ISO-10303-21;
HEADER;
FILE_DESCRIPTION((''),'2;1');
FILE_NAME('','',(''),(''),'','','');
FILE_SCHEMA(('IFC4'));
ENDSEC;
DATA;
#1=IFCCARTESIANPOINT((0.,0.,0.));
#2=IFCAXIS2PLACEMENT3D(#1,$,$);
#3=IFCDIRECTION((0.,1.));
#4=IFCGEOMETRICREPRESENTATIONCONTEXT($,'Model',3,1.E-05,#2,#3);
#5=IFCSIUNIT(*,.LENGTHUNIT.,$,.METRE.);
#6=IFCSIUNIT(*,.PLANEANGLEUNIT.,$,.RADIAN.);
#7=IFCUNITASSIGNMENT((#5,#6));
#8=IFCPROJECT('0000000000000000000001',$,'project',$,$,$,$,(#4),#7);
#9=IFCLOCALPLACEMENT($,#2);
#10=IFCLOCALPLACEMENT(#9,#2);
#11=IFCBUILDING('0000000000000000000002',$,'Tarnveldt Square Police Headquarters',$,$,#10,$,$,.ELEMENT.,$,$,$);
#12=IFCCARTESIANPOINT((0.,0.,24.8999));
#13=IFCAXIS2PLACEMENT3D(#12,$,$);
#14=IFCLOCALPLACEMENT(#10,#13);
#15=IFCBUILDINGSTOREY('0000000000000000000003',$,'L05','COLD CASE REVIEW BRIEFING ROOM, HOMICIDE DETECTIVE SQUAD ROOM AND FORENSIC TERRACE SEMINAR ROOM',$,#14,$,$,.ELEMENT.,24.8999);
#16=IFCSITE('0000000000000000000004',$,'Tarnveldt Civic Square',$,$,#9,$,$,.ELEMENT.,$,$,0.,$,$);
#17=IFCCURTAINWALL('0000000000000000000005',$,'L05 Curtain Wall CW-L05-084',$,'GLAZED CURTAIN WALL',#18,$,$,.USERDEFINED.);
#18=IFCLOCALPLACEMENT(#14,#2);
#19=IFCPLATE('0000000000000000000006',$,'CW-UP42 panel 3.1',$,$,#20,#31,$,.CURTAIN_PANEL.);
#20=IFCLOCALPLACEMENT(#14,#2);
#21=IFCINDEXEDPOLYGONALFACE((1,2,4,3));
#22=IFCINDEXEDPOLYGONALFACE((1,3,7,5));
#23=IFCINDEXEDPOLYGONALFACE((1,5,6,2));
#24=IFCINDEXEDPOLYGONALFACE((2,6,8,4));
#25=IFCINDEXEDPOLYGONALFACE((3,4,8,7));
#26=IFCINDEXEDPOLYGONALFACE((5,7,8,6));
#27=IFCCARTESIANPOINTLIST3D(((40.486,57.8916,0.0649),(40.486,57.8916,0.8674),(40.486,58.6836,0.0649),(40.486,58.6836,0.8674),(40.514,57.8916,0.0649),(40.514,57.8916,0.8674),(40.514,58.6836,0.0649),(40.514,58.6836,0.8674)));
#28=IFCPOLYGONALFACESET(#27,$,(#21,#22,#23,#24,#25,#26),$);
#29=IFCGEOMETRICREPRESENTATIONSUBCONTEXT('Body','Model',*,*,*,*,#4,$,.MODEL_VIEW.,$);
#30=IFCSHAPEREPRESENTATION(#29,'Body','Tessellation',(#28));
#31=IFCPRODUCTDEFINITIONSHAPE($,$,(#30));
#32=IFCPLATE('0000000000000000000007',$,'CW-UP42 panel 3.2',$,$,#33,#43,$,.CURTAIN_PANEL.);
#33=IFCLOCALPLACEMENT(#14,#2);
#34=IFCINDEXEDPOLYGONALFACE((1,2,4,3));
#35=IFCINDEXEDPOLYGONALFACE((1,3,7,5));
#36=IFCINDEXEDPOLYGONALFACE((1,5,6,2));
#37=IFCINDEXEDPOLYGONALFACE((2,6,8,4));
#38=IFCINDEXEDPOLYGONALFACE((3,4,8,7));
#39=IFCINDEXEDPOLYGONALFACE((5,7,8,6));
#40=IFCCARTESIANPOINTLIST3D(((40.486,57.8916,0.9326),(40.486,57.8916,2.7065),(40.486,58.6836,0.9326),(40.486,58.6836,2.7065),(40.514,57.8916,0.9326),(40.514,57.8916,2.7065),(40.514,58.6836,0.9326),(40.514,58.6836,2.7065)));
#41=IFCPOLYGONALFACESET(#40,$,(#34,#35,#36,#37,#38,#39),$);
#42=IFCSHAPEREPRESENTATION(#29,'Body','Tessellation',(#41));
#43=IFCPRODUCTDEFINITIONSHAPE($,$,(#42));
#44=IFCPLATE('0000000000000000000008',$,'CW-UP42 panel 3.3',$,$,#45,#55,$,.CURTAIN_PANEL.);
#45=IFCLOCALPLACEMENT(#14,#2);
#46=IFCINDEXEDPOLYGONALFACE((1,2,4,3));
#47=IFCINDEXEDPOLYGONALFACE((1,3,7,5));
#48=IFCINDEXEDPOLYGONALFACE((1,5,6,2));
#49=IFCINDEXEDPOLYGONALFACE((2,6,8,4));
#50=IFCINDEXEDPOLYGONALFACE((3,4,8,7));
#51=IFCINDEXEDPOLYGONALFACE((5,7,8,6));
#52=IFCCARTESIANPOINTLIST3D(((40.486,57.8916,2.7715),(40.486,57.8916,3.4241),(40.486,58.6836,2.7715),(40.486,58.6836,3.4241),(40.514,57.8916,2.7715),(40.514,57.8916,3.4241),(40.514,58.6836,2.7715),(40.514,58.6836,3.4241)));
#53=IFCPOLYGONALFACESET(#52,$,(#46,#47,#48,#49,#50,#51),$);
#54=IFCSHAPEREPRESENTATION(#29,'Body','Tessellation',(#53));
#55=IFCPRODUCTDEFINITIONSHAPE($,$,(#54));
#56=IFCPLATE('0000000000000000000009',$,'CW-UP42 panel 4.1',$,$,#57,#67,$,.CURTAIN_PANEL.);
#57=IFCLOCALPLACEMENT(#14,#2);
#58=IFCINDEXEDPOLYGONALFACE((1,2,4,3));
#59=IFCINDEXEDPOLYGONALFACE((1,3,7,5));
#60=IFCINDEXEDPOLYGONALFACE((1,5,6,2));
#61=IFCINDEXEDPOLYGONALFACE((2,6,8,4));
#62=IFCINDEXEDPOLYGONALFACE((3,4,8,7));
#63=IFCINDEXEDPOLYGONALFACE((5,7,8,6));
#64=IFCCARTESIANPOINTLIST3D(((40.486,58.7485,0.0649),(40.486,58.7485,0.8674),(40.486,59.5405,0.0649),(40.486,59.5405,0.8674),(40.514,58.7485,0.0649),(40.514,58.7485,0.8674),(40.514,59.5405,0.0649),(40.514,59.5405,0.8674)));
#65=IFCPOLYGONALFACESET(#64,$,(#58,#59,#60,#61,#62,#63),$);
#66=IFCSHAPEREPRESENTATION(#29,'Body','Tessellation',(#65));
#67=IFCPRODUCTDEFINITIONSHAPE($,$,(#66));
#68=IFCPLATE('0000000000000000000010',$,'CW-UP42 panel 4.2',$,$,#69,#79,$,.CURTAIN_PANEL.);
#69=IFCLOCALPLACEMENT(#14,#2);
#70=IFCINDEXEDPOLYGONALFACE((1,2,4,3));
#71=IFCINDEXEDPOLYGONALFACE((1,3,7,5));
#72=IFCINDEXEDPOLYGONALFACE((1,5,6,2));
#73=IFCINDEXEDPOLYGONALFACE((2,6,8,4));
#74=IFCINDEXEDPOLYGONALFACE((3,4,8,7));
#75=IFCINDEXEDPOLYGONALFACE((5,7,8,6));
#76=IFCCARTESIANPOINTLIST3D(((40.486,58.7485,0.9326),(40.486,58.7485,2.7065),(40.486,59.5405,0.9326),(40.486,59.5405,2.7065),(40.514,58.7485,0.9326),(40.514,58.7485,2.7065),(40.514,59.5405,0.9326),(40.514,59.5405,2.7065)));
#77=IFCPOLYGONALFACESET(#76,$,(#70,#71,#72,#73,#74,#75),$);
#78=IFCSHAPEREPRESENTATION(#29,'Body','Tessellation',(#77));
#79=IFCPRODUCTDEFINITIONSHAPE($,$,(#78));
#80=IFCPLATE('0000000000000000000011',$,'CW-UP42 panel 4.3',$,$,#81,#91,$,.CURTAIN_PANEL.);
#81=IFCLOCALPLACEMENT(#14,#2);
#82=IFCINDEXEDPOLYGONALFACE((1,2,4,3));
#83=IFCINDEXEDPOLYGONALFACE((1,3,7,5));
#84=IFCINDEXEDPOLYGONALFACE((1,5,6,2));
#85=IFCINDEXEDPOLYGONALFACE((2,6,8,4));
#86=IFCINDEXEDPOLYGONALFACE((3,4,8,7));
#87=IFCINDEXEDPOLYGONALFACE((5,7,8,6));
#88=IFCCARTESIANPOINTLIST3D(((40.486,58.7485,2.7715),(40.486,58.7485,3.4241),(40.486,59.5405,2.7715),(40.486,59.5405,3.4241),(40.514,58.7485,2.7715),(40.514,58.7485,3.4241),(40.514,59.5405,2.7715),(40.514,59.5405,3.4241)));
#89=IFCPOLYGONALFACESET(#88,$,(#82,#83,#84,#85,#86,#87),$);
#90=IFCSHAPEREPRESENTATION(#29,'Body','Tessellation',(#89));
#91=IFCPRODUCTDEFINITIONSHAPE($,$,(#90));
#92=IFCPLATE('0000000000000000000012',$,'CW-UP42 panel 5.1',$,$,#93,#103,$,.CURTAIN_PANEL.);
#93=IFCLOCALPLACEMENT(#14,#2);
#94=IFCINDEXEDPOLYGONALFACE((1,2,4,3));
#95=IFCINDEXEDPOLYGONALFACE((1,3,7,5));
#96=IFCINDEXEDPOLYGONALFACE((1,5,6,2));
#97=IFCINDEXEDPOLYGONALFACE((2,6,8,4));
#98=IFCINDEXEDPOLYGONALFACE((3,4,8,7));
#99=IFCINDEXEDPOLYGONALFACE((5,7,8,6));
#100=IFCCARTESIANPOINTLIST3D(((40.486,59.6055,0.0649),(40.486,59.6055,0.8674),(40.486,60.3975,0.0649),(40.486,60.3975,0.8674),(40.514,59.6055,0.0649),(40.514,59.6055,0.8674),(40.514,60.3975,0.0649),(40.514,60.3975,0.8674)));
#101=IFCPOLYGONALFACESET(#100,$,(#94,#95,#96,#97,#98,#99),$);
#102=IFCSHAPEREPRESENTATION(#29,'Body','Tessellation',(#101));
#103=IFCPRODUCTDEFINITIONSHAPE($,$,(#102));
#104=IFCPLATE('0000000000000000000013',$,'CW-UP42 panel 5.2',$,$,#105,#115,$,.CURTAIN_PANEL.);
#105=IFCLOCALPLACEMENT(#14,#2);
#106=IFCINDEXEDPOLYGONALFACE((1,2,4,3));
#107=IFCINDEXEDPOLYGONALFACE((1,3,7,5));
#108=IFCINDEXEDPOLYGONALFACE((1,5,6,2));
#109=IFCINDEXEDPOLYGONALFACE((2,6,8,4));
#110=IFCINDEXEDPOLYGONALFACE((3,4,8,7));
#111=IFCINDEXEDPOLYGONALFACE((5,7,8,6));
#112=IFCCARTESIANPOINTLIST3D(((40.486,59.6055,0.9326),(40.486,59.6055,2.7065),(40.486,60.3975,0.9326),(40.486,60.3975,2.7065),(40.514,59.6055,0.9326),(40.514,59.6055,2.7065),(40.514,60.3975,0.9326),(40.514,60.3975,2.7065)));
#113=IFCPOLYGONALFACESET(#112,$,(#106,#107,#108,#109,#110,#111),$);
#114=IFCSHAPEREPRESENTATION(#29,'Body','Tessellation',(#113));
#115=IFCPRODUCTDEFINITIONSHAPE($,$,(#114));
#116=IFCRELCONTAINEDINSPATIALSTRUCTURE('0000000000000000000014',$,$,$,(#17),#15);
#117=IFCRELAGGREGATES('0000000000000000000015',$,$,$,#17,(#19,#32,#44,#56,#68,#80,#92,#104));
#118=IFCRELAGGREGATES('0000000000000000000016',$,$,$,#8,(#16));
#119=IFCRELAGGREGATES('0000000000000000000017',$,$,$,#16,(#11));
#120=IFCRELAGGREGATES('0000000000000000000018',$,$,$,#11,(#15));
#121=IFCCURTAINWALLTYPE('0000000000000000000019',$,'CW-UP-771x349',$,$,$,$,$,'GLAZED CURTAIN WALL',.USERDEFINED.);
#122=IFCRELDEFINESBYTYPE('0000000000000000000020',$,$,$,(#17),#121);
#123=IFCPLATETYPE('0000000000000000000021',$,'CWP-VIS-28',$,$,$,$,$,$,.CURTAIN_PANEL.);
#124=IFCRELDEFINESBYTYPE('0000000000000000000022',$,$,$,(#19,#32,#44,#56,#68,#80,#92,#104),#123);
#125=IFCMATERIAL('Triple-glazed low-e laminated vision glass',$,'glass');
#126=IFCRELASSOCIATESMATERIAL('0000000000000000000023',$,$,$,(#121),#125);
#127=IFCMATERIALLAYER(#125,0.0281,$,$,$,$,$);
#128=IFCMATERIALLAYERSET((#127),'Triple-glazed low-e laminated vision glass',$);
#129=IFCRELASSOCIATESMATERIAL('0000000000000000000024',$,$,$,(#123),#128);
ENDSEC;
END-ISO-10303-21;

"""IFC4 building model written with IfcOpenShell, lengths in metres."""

from ifc_helpers import new_model, si_unit, direction, frame, origin, origin_2d, place, context, subcontext, project, spatial, rectangle, extrude, material, layer, layer_set, type_object, element, aggregate, save


model = new_model("IFC4")

# Units and contexts
model_context = context("Model", 3, precision=1e-05, world=origin(), true_north=direction((0.0, 1.0)))
body_context = subcontext(model_context, "Body", "Model", "MODEL_VIEW")
ifc_project = project(units=[si_unit("LENGTHUNIT", "METRE"), si_unit("PLANEANGLEUNIT", "RADIAN")], contexts=[model_context])

# Site, building, storey
site_placement = place(None, origin())
site = spatial("IfcSite", under=ifc_project, at=site_placement, Name="Tarnveldt Civic Square", CompositionType="ELEMENT", RefElevation=0.0)
building_placement = place(site_placement, origin())
building = spatial("IfcBuilding", under=site, at=building_placement, Name="Tarnveldt Square Police Headquarters", CompositionType="ELEMENT")
storey_placement = place(building_placement, frame((0.0, 0.0, 24.8999)))
storey = spatial("IfcBuildingStorey", under=building, at=storey_placement, Name="L05", Description="COLD CASE REVIEW BRIEFING ROOM, HOMICIDE DETECTIVE SQUAD ROOM AND FORENSIC TERRACE SEMINAR ROOM", CompositionType="ELEMENT", Elevation=24.8999)

# Curtain wall, plates
ifc_material_1 = material(Name="Triple-glazed low-e laminated vision glass", Category="glass")
curtain_wall_type = type_object("IfcCurtainWallType", Name="CW-UP-771x349", ElementType="GLAZED CURTAIN WALL", PredefinedType="USERDEFINED", material=ifc_material_1)
curtain_wall_placement = place(storey_placement, origin())
curtain_wall = element("IfcCurtainWall", 1, at=curtain_wall_placement, inside=storey, type_object=curtain_wall_type, Name="L05 Curtain Wall CW-L05-084", ObjectType="GLAZED CURTAIN WALL", PredefinedType="USERDEFINED")
ifc_layer = layer(ifc_material_1, 0.0281)
ifc_layer_set = layer_set([ifc_layer], Name="Triple-glazed low-e laminated vision glass")
plate_type = type_object("IfcPlateType", Name="CWP-VIS-28", PredefinedType="CURTAIN_PANEL", material=ifc_layer_set)
plate_1_placement = place(storey_placement, frame((40.5, 58.2876, 0.0649), z_axis=(0.0, 0.0, 1.0), x_axis=(0.0, 1.0, 0.0)))
plate_1 = element("IfcPlate", 2, at=plate_1_placement, type_object=plate_type, Name="CW-UP42 panel 3.1", PredefinedType="CURTAIN_PANEL", context=body_context, shape_type="SweptSolid", body=[
    extrude(rectangle(XDim=0.792, YDim=0.0281, at=origin_2d()), origin(), (0.0, 0.0, 1.0), 0.8025),
])
plate_2_placement = place(storey_placement, frame((40.5, 58.2876, 0.9326), z_axis=(0.0, 0.0, 1.0), x_axis=(0.0, 1.0, 0.0)))
plate_2 = element("IfcPlate", 3, at=plate_2_placement, type_object=plate_type, Name="CW-UP42 panel 3.2", PredefinedType="CURTAIN_PANEL", context=body_context, shape_type="SweptSolid", body=[
    extrude(rectangle(XDim=0.792, YDim=0.0281, at=origin_2d()), origin(), (0.0, 0.0, 1.0), 1.7739),
])
plate_3_placement = place(storey_placement, frame((40.5, 58.2876, 2.7715), z_axis=(0.0, 0.0, 1.0), x_axis=(0.0, 1.0, 0.0)))
plate_3 = element("IfcPlate", 4, at=plate_3_placement, type_object=plate_type, Name="CW-UP42 panel 3.3", PredefinedType="CURTAIN_PANEL", context=body_context, shape_type="SweptSolid", body=[
    extrude(rectangle(XDim=0.792, YDim=0.0281, at=origin_2d()), origin(), (0.0, 0.0, 1.0), 0.6526),
])
plate_4_placement = place(storey_placement, frame((40.5, 59.1445, 0.0649), z_axis=(0.0, 0.0, 1.0), x_axis=(0.0, 1.0, 0.0)))
plate_4 = element("IfcPlate", 5, at=plate_4_placement, type_object=plate_type, Name="CW-UP42 panel 4.1", PredefinedType="CURTAIN_PANEL", context=body_context, shape_type="SweptSolid", body=[
    extrude(rectangle(XDim=0.792, YDim=0.0281, at=origin_2d()), origin(), (0.0, 0.0, 1.0), 0.8025),
])
plate_5_placement = place(storey_placement, frame((40.5, 59.1445, 0.9326), z_axis=(0.0, 0.0, 1.0), x_axis=(0.0, 1.0, 0.0)))
plate_5 = element("IfcPlate", 6, at=plate_5_placement, type_object=plate_type, Name="CW-UP42 panel 4.2", PredefinedType="CURTAIN_PANEL", context=body_context, shape_type="SweptSolid", body=[
    extrude(rectangle(XDim=0.792, YDim=0.0281, at=origin_2d()), origin(), (0.0, 0.0, 1.0), 1.7739),
])
plate_6_placement = place(storey_placement, frame((40.5, 59.1445, 2.7715), z_axis=(0.0, 0.0, 1.0), x_axis=(0.0, 1.0, 0.0)))
plate_6 = element("IfcPlate", 7, at=plate_6_placement, type_object=plate_type, Name="CW-UP42 panel 4.3", PredefinedType="CURTAIN_PANEL", context=body_context, shape_type="SweptSolid", body=[
    extrude(rectangle(XDim=0.792, YDim=0.0281, at=origin_2d()), origin(), (0.0, 0.0, 1.0), 0.6526),
])
plate_7_placement = place(storey_placement, frame((40.5, 60.0015, 0.0649), z_axis=(0.0, 0.0, 1.0), x_axis=(0.0, 1.0, 0.0)))
plate_7 = element("IfcPlate", 8, at=plate_7_placement, type_object=plate_type, Name="CW-UP42 panel 5.1", PredefinedType="CURTAIN_PANEL", context=body_context, shape_type="SweptSolid", body=[
    extrude(rectangle(XDim=0.792, YDim=0.0281, at=origin_2d()), origin(), (0.0, 0.0, 1.0), 0.8025),
])
plate_8_placement = place(storey_placement, frame((40.5, 60.0015, 0.9326), z_axis=(0.0, 0.0, 1.0), x_axis=(0.0, 1.0, 0.0)))
plate_8 = element("IfcPlate", 9, at=plate_8_placement, type_object=plate_type, Name="CW-UP42 panel 5.2", PredefinedType="CURTAIN_PANEL", context=body_context, shape_type="SweptSolid", body=[
    extrude(rectangle(XDim=0.792, YDim=0.0281, at=origin_2d()), origin(), (0.0, 0.0, 1.0), 1.7739),
])
aggregate(curtain_wall, [plate_1, plate_2, plate_3, plate_4, plate_5, plate_6, plate_7, plate_8])

save(model, "model.ifc")
